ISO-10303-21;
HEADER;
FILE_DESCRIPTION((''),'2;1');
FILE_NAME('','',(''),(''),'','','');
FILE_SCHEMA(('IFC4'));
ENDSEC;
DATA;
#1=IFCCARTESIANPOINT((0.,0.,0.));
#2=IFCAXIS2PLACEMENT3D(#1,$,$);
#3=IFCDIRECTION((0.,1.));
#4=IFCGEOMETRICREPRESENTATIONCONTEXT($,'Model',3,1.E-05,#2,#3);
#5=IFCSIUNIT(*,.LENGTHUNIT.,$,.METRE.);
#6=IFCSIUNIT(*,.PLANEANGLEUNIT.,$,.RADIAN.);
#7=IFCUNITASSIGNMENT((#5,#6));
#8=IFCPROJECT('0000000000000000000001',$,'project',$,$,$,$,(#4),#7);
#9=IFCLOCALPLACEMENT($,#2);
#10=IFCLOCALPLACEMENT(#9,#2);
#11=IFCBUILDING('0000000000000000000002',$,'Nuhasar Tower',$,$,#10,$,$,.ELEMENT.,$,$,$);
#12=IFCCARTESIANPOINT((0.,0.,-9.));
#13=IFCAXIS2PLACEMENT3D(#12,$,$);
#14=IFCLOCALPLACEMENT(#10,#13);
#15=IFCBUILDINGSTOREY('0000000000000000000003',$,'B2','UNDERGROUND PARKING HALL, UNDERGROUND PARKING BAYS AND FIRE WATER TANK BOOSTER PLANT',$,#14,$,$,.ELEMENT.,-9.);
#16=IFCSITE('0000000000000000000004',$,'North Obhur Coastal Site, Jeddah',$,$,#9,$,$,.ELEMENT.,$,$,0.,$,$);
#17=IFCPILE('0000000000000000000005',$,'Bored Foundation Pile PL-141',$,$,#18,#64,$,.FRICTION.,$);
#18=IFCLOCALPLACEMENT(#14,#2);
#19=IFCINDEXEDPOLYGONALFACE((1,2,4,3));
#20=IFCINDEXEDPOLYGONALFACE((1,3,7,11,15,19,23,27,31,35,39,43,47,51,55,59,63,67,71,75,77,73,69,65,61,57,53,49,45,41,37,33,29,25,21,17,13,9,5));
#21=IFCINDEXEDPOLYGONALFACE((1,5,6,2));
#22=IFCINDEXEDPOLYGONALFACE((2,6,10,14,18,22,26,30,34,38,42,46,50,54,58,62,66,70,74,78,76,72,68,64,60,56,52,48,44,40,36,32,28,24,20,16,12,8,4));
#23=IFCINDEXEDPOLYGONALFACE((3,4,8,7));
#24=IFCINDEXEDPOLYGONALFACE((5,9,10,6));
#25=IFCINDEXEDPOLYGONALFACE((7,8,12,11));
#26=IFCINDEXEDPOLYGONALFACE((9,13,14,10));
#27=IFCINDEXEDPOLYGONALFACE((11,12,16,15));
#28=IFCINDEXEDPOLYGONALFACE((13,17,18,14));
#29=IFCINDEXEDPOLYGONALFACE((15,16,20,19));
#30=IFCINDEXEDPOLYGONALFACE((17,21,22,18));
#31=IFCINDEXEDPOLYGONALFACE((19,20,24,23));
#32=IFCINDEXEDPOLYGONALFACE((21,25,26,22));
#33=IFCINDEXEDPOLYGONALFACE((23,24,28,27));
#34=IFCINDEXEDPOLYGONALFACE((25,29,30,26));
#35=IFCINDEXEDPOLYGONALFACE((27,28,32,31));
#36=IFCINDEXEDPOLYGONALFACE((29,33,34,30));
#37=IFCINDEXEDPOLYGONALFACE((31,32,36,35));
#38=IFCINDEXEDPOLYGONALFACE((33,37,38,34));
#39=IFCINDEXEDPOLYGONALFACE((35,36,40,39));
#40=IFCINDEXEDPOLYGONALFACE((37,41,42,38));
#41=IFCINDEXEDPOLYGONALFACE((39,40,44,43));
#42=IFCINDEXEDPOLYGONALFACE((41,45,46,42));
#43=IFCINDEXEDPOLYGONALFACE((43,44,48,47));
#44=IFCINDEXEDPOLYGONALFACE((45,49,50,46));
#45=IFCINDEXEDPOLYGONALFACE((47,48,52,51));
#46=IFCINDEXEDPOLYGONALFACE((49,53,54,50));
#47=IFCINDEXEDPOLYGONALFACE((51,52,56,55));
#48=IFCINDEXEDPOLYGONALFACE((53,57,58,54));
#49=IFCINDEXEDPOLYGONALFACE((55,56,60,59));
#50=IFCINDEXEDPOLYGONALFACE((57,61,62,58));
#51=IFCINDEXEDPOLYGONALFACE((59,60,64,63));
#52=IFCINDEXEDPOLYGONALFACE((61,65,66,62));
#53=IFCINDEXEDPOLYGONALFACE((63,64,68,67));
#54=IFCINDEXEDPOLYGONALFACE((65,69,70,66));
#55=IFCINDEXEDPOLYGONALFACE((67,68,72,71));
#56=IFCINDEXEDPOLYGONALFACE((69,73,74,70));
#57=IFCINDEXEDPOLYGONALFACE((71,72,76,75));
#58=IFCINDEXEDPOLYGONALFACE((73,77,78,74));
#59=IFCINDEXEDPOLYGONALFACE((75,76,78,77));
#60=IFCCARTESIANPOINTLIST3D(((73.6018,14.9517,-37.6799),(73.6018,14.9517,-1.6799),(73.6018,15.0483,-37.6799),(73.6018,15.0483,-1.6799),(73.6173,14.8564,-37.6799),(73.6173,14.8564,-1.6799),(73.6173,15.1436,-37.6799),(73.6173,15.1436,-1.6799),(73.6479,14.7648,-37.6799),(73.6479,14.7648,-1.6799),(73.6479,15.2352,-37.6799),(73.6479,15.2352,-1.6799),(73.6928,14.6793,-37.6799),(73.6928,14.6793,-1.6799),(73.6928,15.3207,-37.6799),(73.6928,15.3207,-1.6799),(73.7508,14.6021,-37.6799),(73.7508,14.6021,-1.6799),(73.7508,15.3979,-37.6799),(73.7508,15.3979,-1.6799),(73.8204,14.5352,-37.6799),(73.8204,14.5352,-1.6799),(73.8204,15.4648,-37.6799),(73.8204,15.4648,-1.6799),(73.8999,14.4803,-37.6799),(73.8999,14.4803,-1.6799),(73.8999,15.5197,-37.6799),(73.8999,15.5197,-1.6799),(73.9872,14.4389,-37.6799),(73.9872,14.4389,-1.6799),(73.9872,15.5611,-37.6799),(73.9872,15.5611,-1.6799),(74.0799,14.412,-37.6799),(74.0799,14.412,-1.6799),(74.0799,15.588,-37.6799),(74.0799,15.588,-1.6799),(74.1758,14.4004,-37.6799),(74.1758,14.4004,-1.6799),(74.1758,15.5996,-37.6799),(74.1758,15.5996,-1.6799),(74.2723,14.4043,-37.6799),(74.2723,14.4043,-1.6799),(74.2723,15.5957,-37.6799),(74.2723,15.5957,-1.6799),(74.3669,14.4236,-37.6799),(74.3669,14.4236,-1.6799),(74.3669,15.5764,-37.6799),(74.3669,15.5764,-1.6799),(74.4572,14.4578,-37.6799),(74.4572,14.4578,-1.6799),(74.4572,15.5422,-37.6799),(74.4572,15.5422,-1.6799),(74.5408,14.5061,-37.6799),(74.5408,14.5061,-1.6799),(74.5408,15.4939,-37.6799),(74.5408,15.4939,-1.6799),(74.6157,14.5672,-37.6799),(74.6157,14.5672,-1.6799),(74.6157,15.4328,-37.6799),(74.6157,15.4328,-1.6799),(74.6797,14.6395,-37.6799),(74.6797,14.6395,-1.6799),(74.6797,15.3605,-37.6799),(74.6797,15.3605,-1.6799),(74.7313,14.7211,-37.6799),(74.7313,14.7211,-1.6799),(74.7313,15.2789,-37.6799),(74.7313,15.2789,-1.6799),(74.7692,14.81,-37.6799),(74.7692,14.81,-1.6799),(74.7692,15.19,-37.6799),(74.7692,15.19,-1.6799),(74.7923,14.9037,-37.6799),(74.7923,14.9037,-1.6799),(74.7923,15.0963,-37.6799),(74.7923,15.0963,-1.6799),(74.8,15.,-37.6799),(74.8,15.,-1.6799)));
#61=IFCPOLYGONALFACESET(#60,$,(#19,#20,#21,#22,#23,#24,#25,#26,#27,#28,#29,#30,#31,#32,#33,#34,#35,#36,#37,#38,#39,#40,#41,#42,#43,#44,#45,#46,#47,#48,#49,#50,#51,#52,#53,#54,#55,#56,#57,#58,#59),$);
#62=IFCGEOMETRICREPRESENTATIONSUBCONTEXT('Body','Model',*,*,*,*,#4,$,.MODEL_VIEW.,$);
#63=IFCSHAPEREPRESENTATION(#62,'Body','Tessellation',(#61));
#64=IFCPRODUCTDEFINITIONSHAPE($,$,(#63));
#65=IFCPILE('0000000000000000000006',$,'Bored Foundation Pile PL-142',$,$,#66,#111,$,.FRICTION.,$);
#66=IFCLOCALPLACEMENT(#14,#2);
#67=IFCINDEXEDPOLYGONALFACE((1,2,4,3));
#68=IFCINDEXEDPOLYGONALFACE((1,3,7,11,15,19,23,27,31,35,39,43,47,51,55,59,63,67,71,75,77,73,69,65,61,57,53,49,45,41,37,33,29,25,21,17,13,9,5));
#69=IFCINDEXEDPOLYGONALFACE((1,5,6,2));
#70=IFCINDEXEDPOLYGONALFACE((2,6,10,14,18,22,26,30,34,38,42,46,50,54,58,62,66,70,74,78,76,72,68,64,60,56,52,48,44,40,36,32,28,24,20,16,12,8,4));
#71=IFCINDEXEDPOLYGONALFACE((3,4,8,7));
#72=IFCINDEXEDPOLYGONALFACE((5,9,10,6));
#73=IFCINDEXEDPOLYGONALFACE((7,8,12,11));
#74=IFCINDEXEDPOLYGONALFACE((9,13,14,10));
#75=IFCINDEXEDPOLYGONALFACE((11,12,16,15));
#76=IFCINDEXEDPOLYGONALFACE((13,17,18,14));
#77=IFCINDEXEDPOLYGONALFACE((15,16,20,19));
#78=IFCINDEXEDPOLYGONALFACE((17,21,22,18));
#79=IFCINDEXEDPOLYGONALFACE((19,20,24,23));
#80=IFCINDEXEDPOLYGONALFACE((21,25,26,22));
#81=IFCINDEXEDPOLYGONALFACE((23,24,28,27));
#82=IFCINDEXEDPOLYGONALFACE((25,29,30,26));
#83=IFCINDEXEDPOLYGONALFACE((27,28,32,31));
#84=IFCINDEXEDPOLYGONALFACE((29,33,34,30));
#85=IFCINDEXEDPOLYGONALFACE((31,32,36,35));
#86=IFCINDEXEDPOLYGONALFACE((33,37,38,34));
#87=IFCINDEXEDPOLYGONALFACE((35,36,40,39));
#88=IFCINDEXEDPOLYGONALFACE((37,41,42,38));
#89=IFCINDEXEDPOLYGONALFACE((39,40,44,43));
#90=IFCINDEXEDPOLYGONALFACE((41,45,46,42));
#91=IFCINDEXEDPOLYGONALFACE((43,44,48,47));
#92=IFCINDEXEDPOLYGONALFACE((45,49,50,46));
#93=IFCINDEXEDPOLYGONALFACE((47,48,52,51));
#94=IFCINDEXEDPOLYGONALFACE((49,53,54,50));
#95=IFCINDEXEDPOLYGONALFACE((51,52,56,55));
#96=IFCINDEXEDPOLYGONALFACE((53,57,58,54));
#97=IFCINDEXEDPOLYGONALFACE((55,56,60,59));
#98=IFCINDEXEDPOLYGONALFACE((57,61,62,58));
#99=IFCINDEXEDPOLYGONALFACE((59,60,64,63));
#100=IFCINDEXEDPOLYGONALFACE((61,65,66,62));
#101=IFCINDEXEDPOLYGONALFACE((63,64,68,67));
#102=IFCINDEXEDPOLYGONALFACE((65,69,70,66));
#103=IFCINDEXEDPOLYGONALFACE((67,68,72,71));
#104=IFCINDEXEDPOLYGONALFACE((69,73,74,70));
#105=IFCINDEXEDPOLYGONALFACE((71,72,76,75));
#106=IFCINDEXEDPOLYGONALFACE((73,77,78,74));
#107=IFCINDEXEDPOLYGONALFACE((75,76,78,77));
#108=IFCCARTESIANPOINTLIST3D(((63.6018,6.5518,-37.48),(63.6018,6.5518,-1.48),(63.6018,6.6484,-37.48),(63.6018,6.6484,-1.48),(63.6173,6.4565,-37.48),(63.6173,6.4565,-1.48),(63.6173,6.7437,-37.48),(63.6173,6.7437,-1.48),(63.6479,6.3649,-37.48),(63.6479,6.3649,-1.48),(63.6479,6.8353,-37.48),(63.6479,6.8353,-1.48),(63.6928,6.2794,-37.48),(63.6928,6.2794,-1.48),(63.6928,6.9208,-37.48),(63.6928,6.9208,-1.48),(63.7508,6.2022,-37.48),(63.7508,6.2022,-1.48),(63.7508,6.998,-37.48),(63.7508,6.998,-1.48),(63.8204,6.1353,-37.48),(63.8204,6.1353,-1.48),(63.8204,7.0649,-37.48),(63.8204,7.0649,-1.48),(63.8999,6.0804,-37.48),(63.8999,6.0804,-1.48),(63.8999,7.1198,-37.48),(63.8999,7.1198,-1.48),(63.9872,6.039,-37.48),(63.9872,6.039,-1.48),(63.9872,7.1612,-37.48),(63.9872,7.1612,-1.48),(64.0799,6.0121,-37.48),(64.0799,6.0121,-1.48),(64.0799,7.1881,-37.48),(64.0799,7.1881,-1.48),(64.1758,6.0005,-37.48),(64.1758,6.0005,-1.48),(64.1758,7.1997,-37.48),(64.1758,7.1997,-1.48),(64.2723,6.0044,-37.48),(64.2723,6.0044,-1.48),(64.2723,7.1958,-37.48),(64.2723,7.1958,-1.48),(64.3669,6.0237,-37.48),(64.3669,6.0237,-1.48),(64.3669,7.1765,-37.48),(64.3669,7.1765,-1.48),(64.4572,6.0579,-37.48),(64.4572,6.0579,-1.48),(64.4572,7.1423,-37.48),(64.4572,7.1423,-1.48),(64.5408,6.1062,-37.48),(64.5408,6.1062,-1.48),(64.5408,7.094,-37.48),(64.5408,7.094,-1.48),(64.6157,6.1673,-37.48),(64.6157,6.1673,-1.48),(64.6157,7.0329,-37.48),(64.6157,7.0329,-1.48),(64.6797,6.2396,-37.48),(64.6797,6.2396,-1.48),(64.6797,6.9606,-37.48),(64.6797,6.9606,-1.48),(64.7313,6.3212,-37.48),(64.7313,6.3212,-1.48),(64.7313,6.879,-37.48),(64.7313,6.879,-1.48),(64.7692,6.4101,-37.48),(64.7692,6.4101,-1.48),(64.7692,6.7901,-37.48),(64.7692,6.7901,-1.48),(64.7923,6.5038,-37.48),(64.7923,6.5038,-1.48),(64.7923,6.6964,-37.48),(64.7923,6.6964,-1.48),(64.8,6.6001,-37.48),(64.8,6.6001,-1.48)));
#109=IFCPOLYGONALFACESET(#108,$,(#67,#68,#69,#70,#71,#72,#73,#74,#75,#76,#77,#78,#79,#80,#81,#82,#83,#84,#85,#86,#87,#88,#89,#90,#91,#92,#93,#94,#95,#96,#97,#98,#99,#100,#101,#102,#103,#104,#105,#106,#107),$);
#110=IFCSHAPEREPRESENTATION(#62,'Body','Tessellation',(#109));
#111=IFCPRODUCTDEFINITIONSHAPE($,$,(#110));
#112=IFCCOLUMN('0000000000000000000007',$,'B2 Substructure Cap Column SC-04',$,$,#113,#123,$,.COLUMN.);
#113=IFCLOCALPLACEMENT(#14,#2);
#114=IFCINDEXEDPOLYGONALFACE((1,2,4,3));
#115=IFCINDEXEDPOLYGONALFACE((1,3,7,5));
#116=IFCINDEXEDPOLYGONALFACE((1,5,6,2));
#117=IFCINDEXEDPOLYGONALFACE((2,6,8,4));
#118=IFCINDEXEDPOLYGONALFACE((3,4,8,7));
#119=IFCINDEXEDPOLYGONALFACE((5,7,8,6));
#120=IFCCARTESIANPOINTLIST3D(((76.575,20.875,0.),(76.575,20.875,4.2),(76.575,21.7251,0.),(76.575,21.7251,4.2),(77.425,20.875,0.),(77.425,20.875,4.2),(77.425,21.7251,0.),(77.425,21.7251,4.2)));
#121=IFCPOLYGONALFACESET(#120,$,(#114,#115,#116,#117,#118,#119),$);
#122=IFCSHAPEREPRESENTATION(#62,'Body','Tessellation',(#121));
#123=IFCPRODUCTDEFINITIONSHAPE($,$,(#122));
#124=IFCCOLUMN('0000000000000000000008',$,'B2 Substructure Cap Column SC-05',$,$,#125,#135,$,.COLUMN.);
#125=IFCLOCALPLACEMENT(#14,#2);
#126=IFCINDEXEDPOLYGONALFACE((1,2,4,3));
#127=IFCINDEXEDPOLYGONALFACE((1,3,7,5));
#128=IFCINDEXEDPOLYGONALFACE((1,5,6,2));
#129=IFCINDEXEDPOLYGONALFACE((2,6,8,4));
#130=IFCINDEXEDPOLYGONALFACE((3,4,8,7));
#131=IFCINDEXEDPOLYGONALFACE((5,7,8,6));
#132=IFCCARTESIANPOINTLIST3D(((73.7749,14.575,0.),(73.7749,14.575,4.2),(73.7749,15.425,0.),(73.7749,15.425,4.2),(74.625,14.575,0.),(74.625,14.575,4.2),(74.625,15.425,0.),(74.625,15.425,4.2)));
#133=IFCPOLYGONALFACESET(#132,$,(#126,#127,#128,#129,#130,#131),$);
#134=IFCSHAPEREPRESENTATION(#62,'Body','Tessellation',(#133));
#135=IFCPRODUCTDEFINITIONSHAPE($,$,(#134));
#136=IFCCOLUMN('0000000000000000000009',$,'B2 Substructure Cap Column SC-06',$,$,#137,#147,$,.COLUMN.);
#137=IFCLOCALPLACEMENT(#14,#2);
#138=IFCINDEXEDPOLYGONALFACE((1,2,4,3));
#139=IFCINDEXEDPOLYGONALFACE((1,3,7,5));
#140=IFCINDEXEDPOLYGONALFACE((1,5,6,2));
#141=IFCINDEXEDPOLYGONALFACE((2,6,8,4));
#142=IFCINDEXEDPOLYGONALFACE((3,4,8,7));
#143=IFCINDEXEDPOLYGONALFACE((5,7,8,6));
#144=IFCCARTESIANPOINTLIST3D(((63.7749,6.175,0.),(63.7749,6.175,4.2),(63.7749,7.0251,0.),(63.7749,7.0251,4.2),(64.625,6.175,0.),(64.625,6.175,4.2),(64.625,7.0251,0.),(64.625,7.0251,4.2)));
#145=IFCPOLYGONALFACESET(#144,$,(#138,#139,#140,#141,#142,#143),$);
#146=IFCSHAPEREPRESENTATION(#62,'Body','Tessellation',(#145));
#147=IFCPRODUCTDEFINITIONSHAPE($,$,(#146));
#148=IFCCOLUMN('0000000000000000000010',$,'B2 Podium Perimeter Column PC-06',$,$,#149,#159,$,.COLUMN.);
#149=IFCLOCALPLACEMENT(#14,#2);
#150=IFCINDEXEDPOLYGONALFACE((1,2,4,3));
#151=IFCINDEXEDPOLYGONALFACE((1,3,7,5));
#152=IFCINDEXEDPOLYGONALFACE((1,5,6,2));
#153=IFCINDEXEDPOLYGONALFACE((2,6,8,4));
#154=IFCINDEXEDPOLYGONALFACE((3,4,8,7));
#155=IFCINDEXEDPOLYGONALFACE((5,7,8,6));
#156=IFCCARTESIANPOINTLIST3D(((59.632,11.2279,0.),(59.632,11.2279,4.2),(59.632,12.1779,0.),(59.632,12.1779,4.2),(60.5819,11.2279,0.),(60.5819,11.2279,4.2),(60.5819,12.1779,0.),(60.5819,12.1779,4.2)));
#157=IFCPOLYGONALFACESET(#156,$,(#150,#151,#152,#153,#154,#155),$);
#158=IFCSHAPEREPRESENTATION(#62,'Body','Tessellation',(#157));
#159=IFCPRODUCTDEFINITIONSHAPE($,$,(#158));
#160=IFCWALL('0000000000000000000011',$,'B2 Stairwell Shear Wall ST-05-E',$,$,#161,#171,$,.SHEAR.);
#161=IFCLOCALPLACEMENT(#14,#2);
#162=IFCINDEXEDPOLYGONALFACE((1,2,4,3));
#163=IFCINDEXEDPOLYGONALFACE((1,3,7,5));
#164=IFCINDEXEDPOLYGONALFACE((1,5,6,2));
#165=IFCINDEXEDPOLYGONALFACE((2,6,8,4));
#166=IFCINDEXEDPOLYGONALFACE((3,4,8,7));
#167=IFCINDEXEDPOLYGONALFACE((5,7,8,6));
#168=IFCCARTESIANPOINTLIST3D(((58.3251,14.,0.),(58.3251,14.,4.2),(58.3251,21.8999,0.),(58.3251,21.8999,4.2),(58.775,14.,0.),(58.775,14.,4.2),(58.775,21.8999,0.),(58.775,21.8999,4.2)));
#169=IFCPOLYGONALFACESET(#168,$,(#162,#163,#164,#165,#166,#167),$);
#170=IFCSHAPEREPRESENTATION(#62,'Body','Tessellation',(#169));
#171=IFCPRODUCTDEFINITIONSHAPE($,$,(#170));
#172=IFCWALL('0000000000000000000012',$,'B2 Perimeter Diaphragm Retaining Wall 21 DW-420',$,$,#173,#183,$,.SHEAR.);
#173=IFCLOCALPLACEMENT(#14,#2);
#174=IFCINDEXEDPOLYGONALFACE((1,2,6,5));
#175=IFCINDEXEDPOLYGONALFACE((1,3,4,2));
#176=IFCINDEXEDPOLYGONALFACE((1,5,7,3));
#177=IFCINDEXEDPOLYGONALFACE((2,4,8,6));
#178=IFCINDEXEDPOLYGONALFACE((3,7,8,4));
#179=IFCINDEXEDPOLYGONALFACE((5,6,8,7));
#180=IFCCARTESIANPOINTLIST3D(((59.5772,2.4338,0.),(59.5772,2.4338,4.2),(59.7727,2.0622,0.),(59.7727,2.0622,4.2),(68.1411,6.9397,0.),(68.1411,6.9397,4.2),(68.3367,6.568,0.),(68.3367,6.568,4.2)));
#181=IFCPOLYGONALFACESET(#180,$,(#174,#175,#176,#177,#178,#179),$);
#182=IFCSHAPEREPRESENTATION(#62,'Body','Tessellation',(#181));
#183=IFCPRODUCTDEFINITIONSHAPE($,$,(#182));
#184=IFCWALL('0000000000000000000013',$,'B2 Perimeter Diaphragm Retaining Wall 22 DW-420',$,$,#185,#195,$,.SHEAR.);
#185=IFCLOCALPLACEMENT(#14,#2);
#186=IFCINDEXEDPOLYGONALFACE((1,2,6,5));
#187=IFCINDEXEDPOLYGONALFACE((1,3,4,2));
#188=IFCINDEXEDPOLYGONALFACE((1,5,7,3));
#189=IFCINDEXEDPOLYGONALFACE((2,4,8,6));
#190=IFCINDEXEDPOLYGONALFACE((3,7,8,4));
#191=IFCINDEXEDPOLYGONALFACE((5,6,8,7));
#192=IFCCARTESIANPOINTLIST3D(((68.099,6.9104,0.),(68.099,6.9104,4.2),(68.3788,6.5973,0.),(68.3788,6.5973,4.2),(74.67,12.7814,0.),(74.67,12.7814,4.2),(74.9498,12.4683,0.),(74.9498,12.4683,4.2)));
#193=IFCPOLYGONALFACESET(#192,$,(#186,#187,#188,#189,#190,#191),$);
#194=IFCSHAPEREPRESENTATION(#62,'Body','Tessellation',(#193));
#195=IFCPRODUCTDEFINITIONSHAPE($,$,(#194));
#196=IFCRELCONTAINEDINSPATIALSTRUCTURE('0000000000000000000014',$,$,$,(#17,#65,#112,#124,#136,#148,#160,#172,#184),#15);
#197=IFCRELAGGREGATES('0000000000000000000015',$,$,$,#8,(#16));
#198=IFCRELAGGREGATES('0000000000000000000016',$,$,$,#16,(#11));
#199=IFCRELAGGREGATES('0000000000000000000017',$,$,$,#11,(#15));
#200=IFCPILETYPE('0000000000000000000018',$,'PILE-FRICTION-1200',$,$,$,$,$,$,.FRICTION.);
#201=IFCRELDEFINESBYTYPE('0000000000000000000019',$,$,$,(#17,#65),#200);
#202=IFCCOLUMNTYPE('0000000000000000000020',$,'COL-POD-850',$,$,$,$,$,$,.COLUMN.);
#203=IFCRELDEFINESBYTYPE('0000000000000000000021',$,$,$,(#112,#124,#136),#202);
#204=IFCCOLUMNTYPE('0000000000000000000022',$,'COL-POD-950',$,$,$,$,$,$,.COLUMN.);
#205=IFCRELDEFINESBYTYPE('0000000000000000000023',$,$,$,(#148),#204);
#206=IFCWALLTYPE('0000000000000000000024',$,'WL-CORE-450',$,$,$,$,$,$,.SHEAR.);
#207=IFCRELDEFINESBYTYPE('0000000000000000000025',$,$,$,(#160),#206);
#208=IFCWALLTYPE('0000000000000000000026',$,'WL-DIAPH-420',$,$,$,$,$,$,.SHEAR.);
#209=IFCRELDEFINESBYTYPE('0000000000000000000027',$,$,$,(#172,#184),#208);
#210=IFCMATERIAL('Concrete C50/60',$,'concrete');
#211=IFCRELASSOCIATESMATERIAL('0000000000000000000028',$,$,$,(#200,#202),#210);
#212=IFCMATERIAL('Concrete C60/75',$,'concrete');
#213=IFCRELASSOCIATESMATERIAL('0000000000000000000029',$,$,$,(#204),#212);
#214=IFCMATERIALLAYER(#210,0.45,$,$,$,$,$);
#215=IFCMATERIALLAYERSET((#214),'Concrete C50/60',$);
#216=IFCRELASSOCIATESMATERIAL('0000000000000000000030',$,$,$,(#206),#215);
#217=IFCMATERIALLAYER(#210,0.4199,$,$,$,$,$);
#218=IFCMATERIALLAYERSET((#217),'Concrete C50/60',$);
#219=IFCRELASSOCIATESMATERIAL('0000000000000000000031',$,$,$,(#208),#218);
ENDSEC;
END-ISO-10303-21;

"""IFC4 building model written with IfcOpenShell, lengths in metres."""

from ifc_helpers import new_model, si_unit, direction, frame, frame_2d, origin, origin_2d, place, context, subcontext, project, spatial, rectangle, circle, extrude, material, layer, layer_set, material_profile, profile_set, type_object, element, save


model = new_model("IFC4")

# Units and contexts
model_context = context("Model", 3, precision=1e-05, world=origin(), true_north=direction((0.0, 1.0)))
body_context = subcontext(model_context, "Body", "Model", "MODEL_VIEW")
ifc_project = project(units=[si_unit("LENGTHUNIT", "METRE"), si_unit("PLANEANGLEUNIT", "RADIAN")], contexts=[model_context])

# Site, building, storey
site_placement = place(None, origin())
site = spatial("IfcSite", under=ifc_project, at=site_placement, Name="North Obhur Coastal Site, Jeddah", CompositionType="ELEMENT", RefElevation=0.0)
building_placement = place(site_placement, origin())
building = spatial("IfcBuilding", under=site, at=building_placement, Name="Nuhasar Tower", CompositionType="ELEMENT")
storey_placement = place(building_placement, frame((0.0, 0.0, -9.0)))
storey = spatial("IfcBuildingStorey", under=building, at=storey_placement, Name="B2", Description="UNDERGROUND PARKING HALL, UNDERGROUND PARKING BAYS AND FIRE WATER TANK BOOSTER PLANT", CompositionType="ELEMENT", Elevation=-9.0)

# Shared definitions
ifc_material_1 = material(Name="Concrete C50/60", Category="concrete")

# Piles
ifc_material_profile_1 = material_profile(ifc_material_1, circle(Radius=0.6001, at=origin_2d()), Name="PILE1200")
ifc_profile_set_1 = profile_set([ifc_material_profile_1], Name="Concrete C50/60")
pile_type_1 = type_object("IfcPileType", Name="PILE-FRICTION-1200", PredefinedType="FRICTION", material=ifc_profile_set_1)
for number, where, z_axis, x_axis, name in (
    (1, (74.2, 15.0, -1.6799), (0.0, 0.0, -1.0), (1.0, 0.0, 0.0), "Bored Foundation Pile PL-141"),
    (2, (64.2, 6.6001, -1.48), (0.0, 0.0, -1.0), (1.0, 0.0, 0.0), "Bored Foundation Pile PL-142"),
):
    element("IfcPile", number, at=place(storey_placement, frame(where, z_axis=z_axis, x_axis=x_axis)), inside=storey, type_object=pile_type_1, Name=name, PredefinedType="FRICTION", context=body_context, shape_type="SweptSolid", body=[
        extrude(circle(Radius=0.6001, at=origin_2d()), origin(), (0.0, 0.0, 1.0), 36.0),
    ])

# Columns
ifc_material_profile_2 = material_profile(ifc_material_1, rectangle(XDim=0.8501, YDim=0.8501, at=origin_2d()), Name="RC850X850")
ifc_profile_set_2 = profile_set([ifc_material_profile_2], Name="Concrete C50/60")
column_type_1 = type_object("IfcColumnType", Name="COL-POD-850", PredefinedType="COLUMN", material=ifc_profile_set_2)
for number, where, z_axis, x_axis, name in (
    (3, (77.0, 21.3, 0.0), (0.0, 0.0, 1.0), (1.0, 0.0, 0.0), "B2 Substructure Cap Column SC-04"),
    (4, (74.2, 15.0, 0.0), (0.0, 0.0, 1.0), (1.0, 0.0, 0.0), "B2 Substructure Cap Column SC-05"),
    (5, (64.2, 6.6001, 0.0), (0.0, 0.0, 1.0), (1.0, 0.0, 0.0), "B2 Substructure Cap Column SC-06"),
):
    element("IfcColumn", number, at=place(storey_placement, frame(where, z_axis=z_axis, x_axis=x_axis)), inside=storey, type_object=column_type_1, Name=name, PredefinedType="COLUMN", context=body_context, shape_type="SweptSolid", body=[
        extrude(rectangle(XDim=0.8501, YDim=0.8501, at=origin_2d()), origin(), (0.0, 0.0, 1.0), 4.2),
    ])
ifc_material_2 = material(Name="Concrete C60/75", Category="concrete")
ifc_material_profile_3 = material_profile(ifc_material_2, rectangle(XDim=0.95, YDim=0.95, at=origin_2d()), Name="RC950X950")
ifc_profile_set_3 = profile_set([ifc_material_profile_3], Name="Concrete C60/75")
column_type_2 = type_object("IfcColumnType", Name="COL-POD-950", PredefinedType="COLUMN", material=ifc_profile_set_3)
column_placement = place(storey_placement, frame((60.1069, 11.7029, 0.0), z_axis=(0.0, 0.0, 1.0), x_axis=(1.0, 0.0, 0.0)))
element("IfcColumn", 6, at=column_placement, inside=storey, type_object=column_type_2, Name="B2 Podium Perimeter Column PC-06", PredefinedType="COLUMN", context=body_context, shape_type="SweptSolid", body=[
    extrude(rectangle(XDim=0.95, YDim=0.95, at=origin_2d()), origin(), (0.0, 0.0, 1.0), 4.2),
])

# Walls
ifc_layer_1 = layer(ifc_material_1, 0.45)
ifc_layer_set_1 = layer_set([ifc_layer_1], Name="Concrete C50/60")
wall_type_1 = type_object("IfcWallType", Name="WL-CORE-450", PredefinedType="SHEAR", material=ifc_layer_set_1)
wall_1_placement = place(storey_placement, frame((58.55, 14.0, 0.0), z_axis=(0.0, 0.0, 1.0), x_axis=(0.0, 1.0, 0.0)))
element("IfcWall", 7, at=wall_1_placement, inside=storey, type_object=wall_type_1, Name="B2 Stairwell Shear Wall ST-05-E", PredefinedType="SHEAR", context=body_context, shape_type="SweptSolid", body=[
    extrude(rectangle(XDim=7.8999, YDim=0.45, at=frame_2d((3.95, 0.0))), origin(), (0.0, 0.0, 1.0), 4.2),
])
ifc_layer_2 = layer(ifc_material_1, 0.4199)
ifc_layer_set_2 = layer_set([ifc_layer_2], Name="Concrete C50/60")
wall_type_2 = type_object("IfcWallType", Name="WL-DIAPH-420", PredefinedType="SHEAR", material=ifc_layer_set_2)
wall_2_placement = place(storey_placement, frame((59.675, 2.248, 0.0), z_axis=(0.0, 0.0, 1.0), x_axis=(0.884982, 0.465626, 0.0)))
element("IfcWall", 8, at=wall_2_placement, inside=storey, type_object=wall_type_2, Name="B2 Perimeter Diaphragm Retaining Wall 21 DW-420", PredefinedType="SHEAR", context=body_context, shape_type="SweptSolid", body=[
    extrude(rectangle(XDim=9.677, YDim=0.4199, at=frame_2d((4.8384, 0.0))), origin(), (0.0, 0.0, 1.0), 4.2),
])
wall_3_placement = place(storey_placement, frame((68.239, 6.7539, 0.0), z_axis=(0.0, 0.0, 1.0), x_axis=(0.745707, 0.666274, 0.0)))
element("IfcWall", 9, at=wall_3_placement, inside=storey, type_object=wall_type_2, Name="B2 Perimeter Diaphragm Retaining Wall 22 DW-420", PredefinedType="SHEAR", context=body_context, shape_type="SweptSolid", body=[
    extrude(rectangle(XDim=8.8118, YDim=0.4199, at=frame_2d((4.4058, 0.0))), origin(), (0.0, 0.0, 1.0), 4.2),
])

save(model, "model.ifc")
